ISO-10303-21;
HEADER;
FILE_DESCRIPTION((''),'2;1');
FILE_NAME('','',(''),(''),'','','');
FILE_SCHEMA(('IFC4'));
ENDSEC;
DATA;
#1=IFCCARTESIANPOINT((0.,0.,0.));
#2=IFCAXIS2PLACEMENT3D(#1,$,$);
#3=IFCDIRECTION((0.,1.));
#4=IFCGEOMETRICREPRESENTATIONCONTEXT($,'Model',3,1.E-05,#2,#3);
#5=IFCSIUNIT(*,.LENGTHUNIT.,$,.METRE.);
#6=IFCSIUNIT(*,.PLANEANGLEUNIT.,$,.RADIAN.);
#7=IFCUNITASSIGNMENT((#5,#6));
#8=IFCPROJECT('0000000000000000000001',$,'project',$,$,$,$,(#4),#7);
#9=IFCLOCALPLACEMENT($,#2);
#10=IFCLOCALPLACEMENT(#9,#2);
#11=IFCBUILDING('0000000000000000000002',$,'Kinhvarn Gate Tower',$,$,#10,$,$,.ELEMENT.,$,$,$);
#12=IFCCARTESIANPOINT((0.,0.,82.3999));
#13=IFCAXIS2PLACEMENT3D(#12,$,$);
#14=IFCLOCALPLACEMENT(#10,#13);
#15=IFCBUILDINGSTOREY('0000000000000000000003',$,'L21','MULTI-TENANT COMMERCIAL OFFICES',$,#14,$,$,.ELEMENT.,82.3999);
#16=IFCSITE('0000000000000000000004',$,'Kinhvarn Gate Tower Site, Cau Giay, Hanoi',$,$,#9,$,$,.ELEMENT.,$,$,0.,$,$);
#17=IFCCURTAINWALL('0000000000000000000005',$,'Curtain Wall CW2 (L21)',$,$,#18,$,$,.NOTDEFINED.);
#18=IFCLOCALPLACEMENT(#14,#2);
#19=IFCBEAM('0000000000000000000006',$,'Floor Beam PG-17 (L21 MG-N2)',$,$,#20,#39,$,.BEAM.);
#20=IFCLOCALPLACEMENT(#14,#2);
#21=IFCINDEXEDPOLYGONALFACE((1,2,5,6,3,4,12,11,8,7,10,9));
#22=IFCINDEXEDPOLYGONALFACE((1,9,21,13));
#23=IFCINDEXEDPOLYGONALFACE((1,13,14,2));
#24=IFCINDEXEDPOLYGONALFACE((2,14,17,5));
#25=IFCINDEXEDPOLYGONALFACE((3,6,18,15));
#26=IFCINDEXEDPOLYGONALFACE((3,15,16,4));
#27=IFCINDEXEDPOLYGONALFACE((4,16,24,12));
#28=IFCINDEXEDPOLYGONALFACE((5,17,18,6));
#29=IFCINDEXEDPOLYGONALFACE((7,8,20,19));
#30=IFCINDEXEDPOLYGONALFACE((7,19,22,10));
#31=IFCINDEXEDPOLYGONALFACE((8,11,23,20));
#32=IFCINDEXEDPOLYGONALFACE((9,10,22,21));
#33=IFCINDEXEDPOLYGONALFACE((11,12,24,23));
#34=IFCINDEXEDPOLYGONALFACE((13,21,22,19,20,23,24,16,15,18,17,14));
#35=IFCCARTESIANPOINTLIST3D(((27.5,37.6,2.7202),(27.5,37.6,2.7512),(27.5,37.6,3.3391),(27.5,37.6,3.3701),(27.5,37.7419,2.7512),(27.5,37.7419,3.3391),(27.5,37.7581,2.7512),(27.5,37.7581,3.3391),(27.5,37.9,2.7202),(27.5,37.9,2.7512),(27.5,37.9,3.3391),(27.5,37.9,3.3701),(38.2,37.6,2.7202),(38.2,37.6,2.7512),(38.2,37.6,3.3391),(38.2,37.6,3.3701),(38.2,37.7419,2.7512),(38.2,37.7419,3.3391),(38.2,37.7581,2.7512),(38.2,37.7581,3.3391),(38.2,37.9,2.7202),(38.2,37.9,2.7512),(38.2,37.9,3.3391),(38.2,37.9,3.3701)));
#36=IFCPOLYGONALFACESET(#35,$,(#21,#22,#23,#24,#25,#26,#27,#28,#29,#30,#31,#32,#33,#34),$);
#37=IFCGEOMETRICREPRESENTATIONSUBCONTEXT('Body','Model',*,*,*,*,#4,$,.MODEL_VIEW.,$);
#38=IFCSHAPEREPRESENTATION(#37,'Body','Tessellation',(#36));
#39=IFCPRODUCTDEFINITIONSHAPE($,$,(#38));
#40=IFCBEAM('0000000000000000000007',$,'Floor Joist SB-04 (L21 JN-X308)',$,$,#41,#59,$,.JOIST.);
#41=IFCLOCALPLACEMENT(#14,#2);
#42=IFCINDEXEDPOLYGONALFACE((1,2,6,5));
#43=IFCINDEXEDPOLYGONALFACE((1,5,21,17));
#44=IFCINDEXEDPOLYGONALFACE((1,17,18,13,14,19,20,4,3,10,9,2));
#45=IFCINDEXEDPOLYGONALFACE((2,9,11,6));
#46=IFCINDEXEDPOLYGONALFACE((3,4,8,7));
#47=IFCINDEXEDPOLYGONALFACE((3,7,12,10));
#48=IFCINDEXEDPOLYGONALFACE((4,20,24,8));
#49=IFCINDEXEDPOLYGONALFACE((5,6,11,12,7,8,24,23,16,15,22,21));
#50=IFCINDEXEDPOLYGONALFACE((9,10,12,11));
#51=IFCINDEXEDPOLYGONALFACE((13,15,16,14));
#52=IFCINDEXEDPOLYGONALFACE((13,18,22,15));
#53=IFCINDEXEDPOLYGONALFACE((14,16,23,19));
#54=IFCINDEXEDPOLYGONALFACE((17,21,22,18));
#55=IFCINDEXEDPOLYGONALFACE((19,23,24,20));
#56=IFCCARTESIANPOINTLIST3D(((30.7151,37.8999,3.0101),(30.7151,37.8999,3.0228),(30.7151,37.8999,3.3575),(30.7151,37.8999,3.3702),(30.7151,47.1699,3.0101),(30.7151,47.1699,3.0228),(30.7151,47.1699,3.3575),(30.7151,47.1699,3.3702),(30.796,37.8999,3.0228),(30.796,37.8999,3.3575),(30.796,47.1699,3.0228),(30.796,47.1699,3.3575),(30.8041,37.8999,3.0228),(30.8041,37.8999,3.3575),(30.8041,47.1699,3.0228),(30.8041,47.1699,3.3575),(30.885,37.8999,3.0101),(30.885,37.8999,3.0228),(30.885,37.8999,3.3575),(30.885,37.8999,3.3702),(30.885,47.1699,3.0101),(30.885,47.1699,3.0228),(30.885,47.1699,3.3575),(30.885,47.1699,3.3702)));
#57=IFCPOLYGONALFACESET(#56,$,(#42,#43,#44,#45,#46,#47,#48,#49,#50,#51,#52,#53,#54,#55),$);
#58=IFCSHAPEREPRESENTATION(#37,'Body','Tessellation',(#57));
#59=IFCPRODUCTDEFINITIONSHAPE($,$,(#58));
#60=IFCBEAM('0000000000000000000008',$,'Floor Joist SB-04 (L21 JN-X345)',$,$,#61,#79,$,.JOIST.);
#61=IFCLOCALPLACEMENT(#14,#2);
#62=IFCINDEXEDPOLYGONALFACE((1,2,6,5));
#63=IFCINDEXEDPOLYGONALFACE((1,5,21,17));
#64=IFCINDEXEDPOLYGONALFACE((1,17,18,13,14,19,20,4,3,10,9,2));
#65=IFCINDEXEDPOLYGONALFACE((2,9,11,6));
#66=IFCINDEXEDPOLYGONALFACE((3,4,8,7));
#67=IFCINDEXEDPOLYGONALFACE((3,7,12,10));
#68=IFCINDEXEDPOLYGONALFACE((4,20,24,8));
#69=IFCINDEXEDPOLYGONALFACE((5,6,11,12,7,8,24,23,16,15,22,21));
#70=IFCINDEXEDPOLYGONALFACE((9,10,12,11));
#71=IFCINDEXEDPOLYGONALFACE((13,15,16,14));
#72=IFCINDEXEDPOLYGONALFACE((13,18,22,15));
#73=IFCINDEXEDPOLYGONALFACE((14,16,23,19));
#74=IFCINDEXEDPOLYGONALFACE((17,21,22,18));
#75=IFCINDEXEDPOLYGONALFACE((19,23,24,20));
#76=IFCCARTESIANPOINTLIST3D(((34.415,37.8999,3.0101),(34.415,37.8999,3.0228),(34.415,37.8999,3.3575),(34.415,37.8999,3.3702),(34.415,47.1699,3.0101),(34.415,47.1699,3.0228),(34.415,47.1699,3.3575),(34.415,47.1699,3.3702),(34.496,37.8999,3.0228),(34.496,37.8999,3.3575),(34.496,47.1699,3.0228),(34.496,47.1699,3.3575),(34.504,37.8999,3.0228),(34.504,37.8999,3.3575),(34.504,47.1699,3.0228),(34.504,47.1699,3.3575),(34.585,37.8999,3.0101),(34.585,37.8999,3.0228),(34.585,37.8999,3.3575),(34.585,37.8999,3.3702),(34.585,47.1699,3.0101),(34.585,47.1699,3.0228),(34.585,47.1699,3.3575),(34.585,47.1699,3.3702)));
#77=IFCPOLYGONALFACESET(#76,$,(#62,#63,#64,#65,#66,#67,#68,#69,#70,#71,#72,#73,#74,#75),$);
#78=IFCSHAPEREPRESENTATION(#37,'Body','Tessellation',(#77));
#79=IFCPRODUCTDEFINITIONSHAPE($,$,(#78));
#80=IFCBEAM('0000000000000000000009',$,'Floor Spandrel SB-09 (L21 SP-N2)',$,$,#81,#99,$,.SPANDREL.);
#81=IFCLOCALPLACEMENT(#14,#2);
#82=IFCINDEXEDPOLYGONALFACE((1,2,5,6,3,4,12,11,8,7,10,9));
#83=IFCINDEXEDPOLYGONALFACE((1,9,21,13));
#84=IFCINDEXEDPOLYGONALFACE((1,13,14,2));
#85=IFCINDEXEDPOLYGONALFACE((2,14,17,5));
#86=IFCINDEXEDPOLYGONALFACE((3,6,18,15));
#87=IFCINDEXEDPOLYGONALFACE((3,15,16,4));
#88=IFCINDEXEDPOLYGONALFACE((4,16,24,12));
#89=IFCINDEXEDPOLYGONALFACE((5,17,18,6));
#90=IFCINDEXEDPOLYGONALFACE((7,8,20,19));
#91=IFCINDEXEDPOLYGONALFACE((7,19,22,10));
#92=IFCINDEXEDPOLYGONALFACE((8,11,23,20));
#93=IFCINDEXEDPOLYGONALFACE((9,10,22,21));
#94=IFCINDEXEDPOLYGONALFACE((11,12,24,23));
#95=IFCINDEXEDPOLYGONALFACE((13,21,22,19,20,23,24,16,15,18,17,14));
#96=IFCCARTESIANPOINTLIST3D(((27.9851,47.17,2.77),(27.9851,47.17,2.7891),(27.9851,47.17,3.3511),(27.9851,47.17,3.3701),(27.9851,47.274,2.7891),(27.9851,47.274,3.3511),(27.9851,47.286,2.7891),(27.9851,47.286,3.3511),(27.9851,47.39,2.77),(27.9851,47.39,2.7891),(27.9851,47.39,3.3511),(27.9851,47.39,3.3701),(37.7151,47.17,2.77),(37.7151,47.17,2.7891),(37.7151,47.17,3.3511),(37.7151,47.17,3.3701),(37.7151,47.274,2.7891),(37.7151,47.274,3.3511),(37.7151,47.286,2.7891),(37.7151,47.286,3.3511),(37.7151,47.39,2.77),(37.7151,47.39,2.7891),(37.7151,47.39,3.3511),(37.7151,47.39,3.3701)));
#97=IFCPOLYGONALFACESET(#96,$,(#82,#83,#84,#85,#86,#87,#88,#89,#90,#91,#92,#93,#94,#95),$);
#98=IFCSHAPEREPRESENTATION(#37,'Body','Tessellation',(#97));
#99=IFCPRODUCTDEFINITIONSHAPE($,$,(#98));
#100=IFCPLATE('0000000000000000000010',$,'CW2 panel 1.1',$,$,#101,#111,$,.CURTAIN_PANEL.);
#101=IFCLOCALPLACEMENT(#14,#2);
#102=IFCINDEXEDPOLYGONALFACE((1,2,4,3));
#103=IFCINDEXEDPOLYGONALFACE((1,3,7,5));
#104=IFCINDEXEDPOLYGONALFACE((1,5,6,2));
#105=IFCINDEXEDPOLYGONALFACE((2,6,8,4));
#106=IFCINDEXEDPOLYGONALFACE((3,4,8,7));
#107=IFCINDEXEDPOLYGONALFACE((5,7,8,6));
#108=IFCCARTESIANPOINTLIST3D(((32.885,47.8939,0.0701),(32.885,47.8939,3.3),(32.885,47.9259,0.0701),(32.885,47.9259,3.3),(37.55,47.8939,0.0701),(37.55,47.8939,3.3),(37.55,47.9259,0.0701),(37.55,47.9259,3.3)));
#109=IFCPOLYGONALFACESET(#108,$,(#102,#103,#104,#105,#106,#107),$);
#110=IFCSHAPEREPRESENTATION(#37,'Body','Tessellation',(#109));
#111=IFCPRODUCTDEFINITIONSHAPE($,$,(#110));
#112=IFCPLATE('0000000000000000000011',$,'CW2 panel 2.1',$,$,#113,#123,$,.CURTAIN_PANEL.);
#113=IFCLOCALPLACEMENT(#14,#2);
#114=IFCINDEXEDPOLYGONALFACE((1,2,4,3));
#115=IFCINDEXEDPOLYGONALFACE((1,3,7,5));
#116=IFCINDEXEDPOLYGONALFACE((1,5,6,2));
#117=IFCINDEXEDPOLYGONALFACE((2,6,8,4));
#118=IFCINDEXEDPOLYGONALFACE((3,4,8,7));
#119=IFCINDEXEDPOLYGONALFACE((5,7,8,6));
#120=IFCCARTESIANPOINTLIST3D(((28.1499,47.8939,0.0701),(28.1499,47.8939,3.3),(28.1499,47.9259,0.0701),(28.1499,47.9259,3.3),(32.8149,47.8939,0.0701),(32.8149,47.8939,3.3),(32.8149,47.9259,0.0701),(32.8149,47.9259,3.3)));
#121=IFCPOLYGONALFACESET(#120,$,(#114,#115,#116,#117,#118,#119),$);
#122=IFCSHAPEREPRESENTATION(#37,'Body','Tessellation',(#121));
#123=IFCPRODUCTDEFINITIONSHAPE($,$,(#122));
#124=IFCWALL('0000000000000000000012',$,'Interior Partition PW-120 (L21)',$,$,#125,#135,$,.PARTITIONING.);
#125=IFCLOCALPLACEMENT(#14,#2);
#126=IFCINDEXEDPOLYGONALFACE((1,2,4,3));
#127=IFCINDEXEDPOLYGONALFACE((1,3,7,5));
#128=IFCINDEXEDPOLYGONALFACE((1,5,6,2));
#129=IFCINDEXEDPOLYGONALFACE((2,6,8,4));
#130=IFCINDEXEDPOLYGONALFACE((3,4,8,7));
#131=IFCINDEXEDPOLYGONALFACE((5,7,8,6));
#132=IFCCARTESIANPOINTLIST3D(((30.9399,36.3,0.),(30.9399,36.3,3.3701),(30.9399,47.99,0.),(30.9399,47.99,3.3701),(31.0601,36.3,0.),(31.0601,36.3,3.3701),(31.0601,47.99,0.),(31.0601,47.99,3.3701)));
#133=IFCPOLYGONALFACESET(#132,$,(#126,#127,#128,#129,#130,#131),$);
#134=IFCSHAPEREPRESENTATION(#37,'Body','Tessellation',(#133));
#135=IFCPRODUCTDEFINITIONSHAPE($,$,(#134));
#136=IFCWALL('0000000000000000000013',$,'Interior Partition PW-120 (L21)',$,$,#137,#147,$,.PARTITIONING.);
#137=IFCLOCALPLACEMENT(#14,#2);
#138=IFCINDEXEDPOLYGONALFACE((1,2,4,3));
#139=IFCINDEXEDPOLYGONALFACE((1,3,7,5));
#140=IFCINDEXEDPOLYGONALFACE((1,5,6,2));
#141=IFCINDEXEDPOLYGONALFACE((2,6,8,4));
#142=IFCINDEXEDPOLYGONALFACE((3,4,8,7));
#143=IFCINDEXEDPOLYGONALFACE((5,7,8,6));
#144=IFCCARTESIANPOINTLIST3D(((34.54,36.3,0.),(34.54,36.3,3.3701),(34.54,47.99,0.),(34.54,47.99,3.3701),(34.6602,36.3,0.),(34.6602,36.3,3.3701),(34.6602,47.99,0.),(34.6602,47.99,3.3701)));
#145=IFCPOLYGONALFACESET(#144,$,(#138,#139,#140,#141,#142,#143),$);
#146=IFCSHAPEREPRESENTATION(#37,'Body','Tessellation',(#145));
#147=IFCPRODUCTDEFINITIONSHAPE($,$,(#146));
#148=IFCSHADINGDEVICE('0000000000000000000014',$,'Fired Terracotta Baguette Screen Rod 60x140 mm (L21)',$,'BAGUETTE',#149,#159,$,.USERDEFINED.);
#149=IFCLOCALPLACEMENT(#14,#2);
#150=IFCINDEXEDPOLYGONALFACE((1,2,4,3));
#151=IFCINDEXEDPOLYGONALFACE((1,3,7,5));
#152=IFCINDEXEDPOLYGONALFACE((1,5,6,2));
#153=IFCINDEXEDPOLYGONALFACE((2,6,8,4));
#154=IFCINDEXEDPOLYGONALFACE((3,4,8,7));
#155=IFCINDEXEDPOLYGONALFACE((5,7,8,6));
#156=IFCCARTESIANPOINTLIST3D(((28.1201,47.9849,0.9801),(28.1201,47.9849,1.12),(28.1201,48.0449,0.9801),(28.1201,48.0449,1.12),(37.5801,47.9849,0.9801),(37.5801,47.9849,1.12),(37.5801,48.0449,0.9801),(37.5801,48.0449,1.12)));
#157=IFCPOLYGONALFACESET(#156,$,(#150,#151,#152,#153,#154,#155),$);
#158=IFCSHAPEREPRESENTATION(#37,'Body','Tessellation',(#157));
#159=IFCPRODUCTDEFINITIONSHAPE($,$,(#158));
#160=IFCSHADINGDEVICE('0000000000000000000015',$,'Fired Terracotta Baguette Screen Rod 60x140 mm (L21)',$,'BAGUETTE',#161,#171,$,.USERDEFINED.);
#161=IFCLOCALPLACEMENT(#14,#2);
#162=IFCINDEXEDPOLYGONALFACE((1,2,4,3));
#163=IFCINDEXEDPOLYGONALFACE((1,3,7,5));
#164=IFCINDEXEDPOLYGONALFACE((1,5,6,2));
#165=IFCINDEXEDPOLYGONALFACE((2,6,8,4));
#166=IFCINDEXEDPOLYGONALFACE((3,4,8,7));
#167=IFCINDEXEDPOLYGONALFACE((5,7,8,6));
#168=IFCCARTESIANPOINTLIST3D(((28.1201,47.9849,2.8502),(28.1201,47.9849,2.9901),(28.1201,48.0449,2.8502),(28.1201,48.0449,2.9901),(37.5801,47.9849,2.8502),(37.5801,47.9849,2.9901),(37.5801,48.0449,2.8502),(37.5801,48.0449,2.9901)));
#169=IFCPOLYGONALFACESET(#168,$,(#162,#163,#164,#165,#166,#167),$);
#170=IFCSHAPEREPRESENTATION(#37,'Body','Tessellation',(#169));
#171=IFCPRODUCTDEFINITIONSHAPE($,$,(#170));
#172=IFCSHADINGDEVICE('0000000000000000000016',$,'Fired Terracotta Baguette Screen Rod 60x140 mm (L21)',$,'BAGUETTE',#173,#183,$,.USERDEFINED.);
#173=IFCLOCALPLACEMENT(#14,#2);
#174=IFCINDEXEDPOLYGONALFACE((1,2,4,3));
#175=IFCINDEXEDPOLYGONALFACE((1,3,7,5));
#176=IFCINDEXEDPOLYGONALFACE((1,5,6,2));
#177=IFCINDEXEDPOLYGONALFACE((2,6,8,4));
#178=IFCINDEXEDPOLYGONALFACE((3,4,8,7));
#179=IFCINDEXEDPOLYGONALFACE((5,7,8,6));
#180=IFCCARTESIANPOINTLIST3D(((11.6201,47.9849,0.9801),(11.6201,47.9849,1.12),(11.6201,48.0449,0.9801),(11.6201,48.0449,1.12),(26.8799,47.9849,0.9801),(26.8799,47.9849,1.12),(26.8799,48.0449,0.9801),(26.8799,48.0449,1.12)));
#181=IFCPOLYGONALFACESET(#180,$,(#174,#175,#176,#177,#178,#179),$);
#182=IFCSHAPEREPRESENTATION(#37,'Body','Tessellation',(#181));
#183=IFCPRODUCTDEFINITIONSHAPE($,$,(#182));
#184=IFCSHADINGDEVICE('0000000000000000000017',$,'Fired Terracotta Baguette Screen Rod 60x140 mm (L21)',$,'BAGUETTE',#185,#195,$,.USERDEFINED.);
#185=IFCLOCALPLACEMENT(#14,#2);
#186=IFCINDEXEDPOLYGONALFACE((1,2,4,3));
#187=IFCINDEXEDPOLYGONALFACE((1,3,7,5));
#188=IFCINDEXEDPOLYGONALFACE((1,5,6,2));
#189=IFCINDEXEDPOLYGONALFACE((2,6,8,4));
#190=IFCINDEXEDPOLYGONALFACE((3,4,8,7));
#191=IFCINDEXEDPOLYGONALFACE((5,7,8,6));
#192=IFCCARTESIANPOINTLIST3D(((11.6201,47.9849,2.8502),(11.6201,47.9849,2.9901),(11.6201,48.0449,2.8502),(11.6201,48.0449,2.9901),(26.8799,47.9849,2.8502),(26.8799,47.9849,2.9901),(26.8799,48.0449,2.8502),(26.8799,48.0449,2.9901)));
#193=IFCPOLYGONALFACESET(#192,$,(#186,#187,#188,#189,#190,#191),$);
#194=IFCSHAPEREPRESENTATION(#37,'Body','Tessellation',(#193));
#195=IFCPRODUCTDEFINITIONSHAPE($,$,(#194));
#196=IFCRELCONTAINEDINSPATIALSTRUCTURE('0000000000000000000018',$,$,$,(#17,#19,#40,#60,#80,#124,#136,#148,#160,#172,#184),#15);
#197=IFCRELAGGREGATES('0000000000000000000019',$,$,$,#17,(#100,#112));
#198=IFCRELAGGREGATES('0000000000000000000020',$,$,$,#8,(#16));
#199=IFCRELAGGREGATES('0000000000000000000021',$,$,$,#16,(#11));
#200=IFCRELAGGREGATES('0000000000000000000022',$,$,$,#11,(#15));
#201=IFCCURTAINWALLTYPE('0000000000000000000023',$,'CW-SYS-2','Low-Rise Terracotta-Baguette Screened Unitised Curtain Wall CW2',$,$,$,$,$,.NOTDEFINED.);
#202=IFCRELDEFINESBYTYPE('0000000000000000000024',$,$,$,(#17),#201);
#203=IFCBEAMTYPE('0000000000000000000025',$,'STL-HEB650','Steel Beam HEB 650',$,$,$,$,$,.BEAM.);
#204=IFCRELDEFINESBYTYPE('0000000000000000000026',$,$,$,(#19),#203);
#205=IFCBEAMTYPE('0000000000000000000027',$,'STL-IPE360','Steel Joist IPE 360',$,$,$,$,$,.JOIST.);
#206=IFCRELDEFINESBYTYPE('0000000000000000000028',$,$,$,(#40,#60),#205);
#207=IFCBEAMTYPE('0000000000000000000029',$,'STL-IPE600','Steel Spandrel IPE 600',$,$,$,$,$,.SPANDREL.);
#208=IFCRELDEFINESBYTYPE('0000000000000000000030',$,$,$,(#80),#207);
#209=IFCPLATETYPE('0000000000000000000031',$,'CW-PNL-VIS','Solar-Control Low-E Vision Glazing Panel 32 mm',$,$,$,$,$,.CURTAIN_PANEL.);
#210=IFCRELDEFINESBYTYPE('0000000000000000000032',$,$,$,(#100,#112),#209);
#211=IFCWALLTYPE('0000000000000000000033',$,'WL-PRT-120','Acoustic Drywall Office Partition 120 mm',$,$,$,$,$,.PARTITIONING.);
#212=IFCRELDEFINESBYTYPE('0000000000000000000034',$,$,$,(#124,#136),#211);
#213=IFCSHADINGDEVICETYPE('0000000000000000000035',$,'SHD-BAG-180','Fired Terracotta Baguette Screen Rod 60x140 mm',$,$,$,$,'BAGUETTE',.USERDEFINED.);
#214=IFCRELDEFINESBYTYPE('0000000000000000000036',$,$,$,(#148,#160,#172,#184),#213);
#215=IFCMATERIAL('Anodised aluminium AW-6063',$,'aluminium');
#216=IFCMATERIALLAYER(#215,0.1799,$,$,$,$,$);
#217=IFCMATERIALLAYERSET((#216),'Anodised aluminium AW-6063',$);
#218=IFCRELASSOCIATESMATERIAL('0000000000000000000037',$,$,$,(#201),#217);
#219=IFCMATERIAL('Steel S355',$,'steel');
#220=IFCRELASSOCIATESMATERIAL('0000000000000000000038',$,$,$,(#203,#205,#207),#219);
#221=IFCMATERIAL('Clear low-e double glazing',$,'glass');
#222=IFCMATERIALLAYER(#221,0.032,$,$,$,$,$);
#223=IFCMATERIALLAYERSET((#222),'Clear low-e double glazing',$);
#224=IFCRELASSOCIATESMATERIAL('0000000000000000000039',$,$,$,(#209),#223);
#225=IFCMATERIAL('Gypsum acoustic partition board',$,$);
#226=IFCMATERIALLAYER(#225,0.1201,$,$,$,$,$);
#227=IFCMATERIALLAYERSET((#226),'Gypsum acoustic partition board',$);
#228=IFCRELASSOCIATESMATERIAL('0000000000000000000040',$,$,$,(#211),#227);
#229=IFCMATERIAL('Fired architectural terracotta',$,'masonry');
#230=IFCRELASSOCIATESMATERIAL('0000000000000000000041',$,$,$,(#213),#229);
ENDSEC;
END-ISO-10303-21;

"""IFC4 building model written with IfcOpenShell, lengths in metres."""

from ifc_helpers import new_model, si_unit, direction, frame, frame_2d, origin, origin_2d, place, context, subcontext, project, spatial, rectangle, i_section, extrude, material, layer, layer_set, material_profile, profile_set, type_object, element, aggregate, save


model = new_model("IFC4")

# Units and contexts
model_context = context("Model", 3, precision=1e-05, world=origin(), true_north=direction((0.0, 1.0)))
body_context = subcontext(model_context, "Body", "Model", "MODEL_VIEW")
ifc_project = project(units=[si_unit("LENGTHUNIT", "METRE"), si_unit("PLANEANGLEUNIT", "RADIAN")], contexts=[model_context])

# Site, building, storey
site_placement = place(None, origin())
site = spatial("IfcSite", under=ifc_project, at=site_placement, Name="Kinhvarn Gate Tower Site, Cau Giay, Hanoi", CompositionType="ELEMENT", RefElevation=0.0)
building_placement = place(site_placement, origin())
building = spatial("IfcBuilding", under=site, at=building_placement, Name="Kinhvarn Gate Tower", CompositionType="ELEMENT")
storey_placement = place(building_placement, frame((0.0, 0.0, 82.3999)))
storey = spatial("IfcBuildingStorey", under=building, at=storey_placement, Name="L21", Description="MULTI-TENANT COMMERCIAL OFFICES", CompositionType="ELEMENT", Elevation=82.3999)

# Curtain wall
ifc_material_1 = material(Name="Anodised aluminium AW-6063", Category="aluminium")
ifc_layer_1 = layer(ifc_material_1, 0.1799)
ifc_layer_set_1 = layer_set([ifc_layer_1], Name="Anodised aluminium AW-6063")
curtain_wall_type = type_object("IfcCurtainWallType", Name="CW-SYS-2", Description="Low-Rise Terracotta-Baguette Screened Unitised Curtain Wall CW2", PredefinedType="NOTDEFINED", material=ifc_layer_set_1)
curtain_wall_1_placement = place(storey_placement, origin())
curtain_wall_1 = element("IfcCurtainWall", 1, at=curtain_wall_1_placement, inside=storey, type_object=curtain_wall_type, Name="Curtain Wall CW2 (L21)", PredefinedType="NOTDEFINED")

# Beams
ifc_material_2 = material(Name="Steel S355", Category="steel")
ifc_material_profile_1 = material_profile(ifc_material_2, i_section(OverallWidth=0.3, OverallDepth=0.6499, WebThickness=0.0161, FlangeThickness=0.031, at=origin_2d()), Name="HEB 650")
ifc_profile_set_1 = profile_set([ifc_material_profile_1], Name="Steel S355")
beam_type_1 = type_object("IfcBeamType", Name="STL-HEB650", Description="Steel Beam HEB 650", PredefinedType="BEAM", material=ifc_profile_set_1)
beam_1_placement = place(storey_placement, frame((27.5, 37.75, 3.0452), z_axis=(1.0, 0.0, 0.0), x_axis=(0.0, 1.0, 0.0)))
element("IfcBeam", 2, at=beam_1_placement, inside=storey, type_object=beam_type_1, Name="Floor Beam PG-17 (L21 MG-N2)", PredefinedType="BEAM", context=body_context, shape_type="SweptSolid", body=[
    extrude(i_section(OverallWidth=0.3, OverallDepth=0.6499, WebThickness=0.0161, FlangeThickness=0.031, at=origin_2d()), origin(), (0.0, 0.0, 1.0), 10.7),
])
ifc_material_profile_2 = material_profile(ifc_material_2, i_section(OverallWidth=0.1699, OverallDepth=0.3601, WebThickness=0.0081, FlangeThickness=0.0127, at=origin_2d()), Name="IPE 360")
ifc_profile_set_2 = profile_set([ifc_material_profile_2], Name="Steel S355")
beam_type_2 = type_object("IfcBeamType", Name="STL-IPE360", Description="Steel Joist IPE 360", PredefinedType="JOIST", material=ifc_profile_set_2)
for number, where, z_axis, x_axis, name in (
    (3, (30.8, 37.8999, 3.1902), (0.0, 1.0, 0.0), (-1.0, 0.0, 0.0), "Floor Joist SB-04 (L21 JN-X308)"),
    (4, (34.5, 37.8999, 3.1902), (0.0, 1.0, 0.0), (-1.0, 0.0, 0.0), "Floor Joist SB-04 (L21 JN-X345)"),
):
    element("IfcBeam", number, at=place(storey_placement, frame(where, z_axis=z_axis, x_axis=x_axis)), inside=storey, type_object=beam_type_2, Name=name, PredefinedType="JOIST", context=body_context, shape_type="SweptSolid", body=[
        extrude(i_section(OverallWidth=0.1699, OverallDepth=0.3601, WebThickness=0.0081, FlangeThickness=0.0127, at=origin_2d()), origin(), (0.0, 0.0, 1.0), 9.27),
    ])
ifc_material_profile_3 = material_profile(ifc_material_2, i_section(OverallWidth=0.22, OverallDepth=0.6001, WebThickness=0.012, FlangeThickness=0.019, at=origin_2d()), Name="IPE 600")
ifc_profile_set_3 = profile_set([ifc_material_profile_3], Name="Steel S355")
beam_type_3 = type_object("IfcBeamType", Name="STL-IPE600", Description="Steel Spandrel IPE 600", PredefinedType="SPANDREL", material=ifc_profile_set_3)
beam_2_placement = place(storey_placement, frame((27.9851, 47.28, 3.0701), z_axis=(1.0, 0.0, 0.0), x_axis=(0.0, 1.0, 0.0)))
element("IfcBeam", 5, at=beam_2_placement, inside=storey, type_object=beam_type_3, Name="Floor Spandrel SB-09 (L21 SP-N2)", PredefinedType="SPANDREL", context=body_context, shape_type="SweptSolid", body=[
    extrude(i_section(OverallWidth=0.22, OverallDepth=0.6001, WebThickness=0.012, FlangeThickness=0.019, at=origin_2d()), origin(), (0.0, 0.0, 1.0), 9.73),
])

# Plates
ifc_material_3 = material(Name="Clear low-e double glazing", Category="glass")
ifc_layer_2 = layer(ifc_material_3, 0.032)
ifc_layer_set_2 = layer_set([ifc_layer_2], Name="Clear low-e double glazing")
plate_type = type_object("IfcPlateType", Name="CW-PNL-VIS", Description="Solar-Control Low-E Vision Glazing Panel 32 mm", PredefinedType="CURTAIN_PANEL", material=ifc_layer_set_2)
plate_1_placement = place(storey_placement, frame((35.2175, 47.9099, 0.0701), z_axis=(0.0, 0.0, 1.0), x_axis=(-1.0, 0.0, 0.0)))
plate_1 = element("IfcPlate", 6, at=plate_1_placement, type_object=plate_type, Name="CW2 panel 1.1", PredefinedType="CURTAIN_PANEL", context=body_context, shape_type="SweptSolid", body=[
    extrude(rectangle(XDim=4.665, YDim=0.032, at=origin_2d()), origin(), (0.0, 0.0, 1.0), 3.23),
])
plate_2_placement = place(storey_placement, frame((30.4824, 47.9099, 0.0701), z_axis=(0.0, 0.0, 1.0), x_axis=(-1.0, 0.0, 0.0)))
plate_2 = element("IfcPlate", 7, at=plate_2_placement, type_object=plate_type, Name="CW2 panel 2.1", PredefinedType="CURTAIN_PANEL", context=body_context, shape_type="SweptSolid", body=[
    extrude(rectangle(XDim=4.665, YDim=0.032, at=origin_2d()), origin(), (0.0, 0.0, 1.0), 3.23),
])
aggregate(curtain_wall_1, [plate_1, plate_2])

# Walls
ifc_material_4 = material(Name="Gypsum acoustic partition board")
ifc_layer_3 = layer(ifc_material_4, 0.1201)
ifc_layer_set_3 = layer_set([ifc_layer_3], Name="Gypsum acoustic partition board")
wall_type_1 = type_object("IfcWallType", Name="WL-PRT-120", Description="Acoustic Drywall Office Partition 120 mm", PredefinedType="PARTITIONING", material=ifc_layer_set_3)
for number, where, z_axis, x_axis, name in (
    (8, (31.0, 36.3, 0.0), (0.0, 0.0, 1.0), (0.0, 1.0, 0.0), "Interior Partition PW-120 (L21)"),
    (9, (34.6001, 36.3, 0.0), (0.0, 0.0, 1.0), (0.0, 1.0, 0.0), "Interior Partition PW-120 (L21)"),
):
    element("IfcWall", number, at=place(storey_placement, frame(where, z_axis=z_axis, x_axis=x_axis)), inside=storey, type_object=wall_type_1, Name=name, PredefinedType="PARTITIONING", context=body_context, shape_type="SweptSolid", body=[
        extrude(rectangle(XDim=11.6899, YDim=0.1201, at=frame_2d((5.845, 0.0))), origin(), (0.0, 0.0, 1.0), 3.3701),
    ])

# Shading devices
ifc_material_5 = material(Name="Fired architectural terracotta", Category="masonry")
ifc_material_profile_4 = material_profile(ifc_material_5, rectangle(XDim=0.0601, YDim=0.1399, at=origin_2d()), Name="TC 60x140")
ifc_profile_set_4 = profile_set([ifc_material_profile_4], Name="Fired architectural terracotta")
shading_device_type = type_object("IfcShadingDeviceType", Name="SHD-BAG-180", Description="Fired Terracotta Baguette Screen Rod 60x140 mm", ElementType="BAGUETTE", PredefinedType="USERDEFINED", material=ifc_profile_set_4)
for number, where, z_axis, x_axis, name in (
    (10, (37.5801, 48.0149, 1.05), (-1.0, 0.0, 0.0), (0.0, -1.0, 0.0), "Fired Terracotta Baguette Screen Rod 60x140 mm (L21)"),
    (11, (37.5801, 48.0149, 2.9202), (-1.0, 0.0, 0.0), (0.0, -1.0, 0.0), "Fired Terracotta Baguette Screen Rod 60x140 mm (L21)"),
):
    element("IfcShadingDevice", number, at=place(storey_placement, frame(where, z_axis=z_axis, x_axis=x_axis)), inside=storey, type_object=shading_device_type, Name=name, ObjectType="BAGUETTE", PredefinedType="USERDEFINED", context=body_context, shape_type="SweptSolid", body=[
        extrude(rectangle(XDim=0.0601, YDim=0.1399, at=origin_2d()), origin(), (0.0, 0.0, 1.0), 9.46),
    ])
for number, where, z_axis, x_axis, name in (
    (12, (26.8799, 48.0149, 1.05), (-1.0, 0.0, 0.0), (0.0, -1.0, 0.0), "Fired Terracotta Baguette Screen Rod 60x140 mm (L21)"),
    (13, (26.8799, 48.0149, 2.9202), (-1.0, 0.0, 0.0), (0.0, -1.0, 0.0), "Fired Terracotta Baguette Screen Rod 60x140 mm (L21)"),
):
    element("IfcShadingDevice", number, at=place(storey_placement, frame(where, z_axis=z_axis, x_axis=x_axis)), inside=storey, type_object=shading_device_type, Name=name, ObjectType="BAGUETTE", PredefinedType="USERDEFINED", context=body_context, shape_type="SweptSolid", body=[
        extrude(rectangle(XDim=0.0601, YDim=0.1399, at=origin_2d()), origin(), (0.0, 0.0, 1.0), 15.2598),
    ])

save(model, "model.ifc")
